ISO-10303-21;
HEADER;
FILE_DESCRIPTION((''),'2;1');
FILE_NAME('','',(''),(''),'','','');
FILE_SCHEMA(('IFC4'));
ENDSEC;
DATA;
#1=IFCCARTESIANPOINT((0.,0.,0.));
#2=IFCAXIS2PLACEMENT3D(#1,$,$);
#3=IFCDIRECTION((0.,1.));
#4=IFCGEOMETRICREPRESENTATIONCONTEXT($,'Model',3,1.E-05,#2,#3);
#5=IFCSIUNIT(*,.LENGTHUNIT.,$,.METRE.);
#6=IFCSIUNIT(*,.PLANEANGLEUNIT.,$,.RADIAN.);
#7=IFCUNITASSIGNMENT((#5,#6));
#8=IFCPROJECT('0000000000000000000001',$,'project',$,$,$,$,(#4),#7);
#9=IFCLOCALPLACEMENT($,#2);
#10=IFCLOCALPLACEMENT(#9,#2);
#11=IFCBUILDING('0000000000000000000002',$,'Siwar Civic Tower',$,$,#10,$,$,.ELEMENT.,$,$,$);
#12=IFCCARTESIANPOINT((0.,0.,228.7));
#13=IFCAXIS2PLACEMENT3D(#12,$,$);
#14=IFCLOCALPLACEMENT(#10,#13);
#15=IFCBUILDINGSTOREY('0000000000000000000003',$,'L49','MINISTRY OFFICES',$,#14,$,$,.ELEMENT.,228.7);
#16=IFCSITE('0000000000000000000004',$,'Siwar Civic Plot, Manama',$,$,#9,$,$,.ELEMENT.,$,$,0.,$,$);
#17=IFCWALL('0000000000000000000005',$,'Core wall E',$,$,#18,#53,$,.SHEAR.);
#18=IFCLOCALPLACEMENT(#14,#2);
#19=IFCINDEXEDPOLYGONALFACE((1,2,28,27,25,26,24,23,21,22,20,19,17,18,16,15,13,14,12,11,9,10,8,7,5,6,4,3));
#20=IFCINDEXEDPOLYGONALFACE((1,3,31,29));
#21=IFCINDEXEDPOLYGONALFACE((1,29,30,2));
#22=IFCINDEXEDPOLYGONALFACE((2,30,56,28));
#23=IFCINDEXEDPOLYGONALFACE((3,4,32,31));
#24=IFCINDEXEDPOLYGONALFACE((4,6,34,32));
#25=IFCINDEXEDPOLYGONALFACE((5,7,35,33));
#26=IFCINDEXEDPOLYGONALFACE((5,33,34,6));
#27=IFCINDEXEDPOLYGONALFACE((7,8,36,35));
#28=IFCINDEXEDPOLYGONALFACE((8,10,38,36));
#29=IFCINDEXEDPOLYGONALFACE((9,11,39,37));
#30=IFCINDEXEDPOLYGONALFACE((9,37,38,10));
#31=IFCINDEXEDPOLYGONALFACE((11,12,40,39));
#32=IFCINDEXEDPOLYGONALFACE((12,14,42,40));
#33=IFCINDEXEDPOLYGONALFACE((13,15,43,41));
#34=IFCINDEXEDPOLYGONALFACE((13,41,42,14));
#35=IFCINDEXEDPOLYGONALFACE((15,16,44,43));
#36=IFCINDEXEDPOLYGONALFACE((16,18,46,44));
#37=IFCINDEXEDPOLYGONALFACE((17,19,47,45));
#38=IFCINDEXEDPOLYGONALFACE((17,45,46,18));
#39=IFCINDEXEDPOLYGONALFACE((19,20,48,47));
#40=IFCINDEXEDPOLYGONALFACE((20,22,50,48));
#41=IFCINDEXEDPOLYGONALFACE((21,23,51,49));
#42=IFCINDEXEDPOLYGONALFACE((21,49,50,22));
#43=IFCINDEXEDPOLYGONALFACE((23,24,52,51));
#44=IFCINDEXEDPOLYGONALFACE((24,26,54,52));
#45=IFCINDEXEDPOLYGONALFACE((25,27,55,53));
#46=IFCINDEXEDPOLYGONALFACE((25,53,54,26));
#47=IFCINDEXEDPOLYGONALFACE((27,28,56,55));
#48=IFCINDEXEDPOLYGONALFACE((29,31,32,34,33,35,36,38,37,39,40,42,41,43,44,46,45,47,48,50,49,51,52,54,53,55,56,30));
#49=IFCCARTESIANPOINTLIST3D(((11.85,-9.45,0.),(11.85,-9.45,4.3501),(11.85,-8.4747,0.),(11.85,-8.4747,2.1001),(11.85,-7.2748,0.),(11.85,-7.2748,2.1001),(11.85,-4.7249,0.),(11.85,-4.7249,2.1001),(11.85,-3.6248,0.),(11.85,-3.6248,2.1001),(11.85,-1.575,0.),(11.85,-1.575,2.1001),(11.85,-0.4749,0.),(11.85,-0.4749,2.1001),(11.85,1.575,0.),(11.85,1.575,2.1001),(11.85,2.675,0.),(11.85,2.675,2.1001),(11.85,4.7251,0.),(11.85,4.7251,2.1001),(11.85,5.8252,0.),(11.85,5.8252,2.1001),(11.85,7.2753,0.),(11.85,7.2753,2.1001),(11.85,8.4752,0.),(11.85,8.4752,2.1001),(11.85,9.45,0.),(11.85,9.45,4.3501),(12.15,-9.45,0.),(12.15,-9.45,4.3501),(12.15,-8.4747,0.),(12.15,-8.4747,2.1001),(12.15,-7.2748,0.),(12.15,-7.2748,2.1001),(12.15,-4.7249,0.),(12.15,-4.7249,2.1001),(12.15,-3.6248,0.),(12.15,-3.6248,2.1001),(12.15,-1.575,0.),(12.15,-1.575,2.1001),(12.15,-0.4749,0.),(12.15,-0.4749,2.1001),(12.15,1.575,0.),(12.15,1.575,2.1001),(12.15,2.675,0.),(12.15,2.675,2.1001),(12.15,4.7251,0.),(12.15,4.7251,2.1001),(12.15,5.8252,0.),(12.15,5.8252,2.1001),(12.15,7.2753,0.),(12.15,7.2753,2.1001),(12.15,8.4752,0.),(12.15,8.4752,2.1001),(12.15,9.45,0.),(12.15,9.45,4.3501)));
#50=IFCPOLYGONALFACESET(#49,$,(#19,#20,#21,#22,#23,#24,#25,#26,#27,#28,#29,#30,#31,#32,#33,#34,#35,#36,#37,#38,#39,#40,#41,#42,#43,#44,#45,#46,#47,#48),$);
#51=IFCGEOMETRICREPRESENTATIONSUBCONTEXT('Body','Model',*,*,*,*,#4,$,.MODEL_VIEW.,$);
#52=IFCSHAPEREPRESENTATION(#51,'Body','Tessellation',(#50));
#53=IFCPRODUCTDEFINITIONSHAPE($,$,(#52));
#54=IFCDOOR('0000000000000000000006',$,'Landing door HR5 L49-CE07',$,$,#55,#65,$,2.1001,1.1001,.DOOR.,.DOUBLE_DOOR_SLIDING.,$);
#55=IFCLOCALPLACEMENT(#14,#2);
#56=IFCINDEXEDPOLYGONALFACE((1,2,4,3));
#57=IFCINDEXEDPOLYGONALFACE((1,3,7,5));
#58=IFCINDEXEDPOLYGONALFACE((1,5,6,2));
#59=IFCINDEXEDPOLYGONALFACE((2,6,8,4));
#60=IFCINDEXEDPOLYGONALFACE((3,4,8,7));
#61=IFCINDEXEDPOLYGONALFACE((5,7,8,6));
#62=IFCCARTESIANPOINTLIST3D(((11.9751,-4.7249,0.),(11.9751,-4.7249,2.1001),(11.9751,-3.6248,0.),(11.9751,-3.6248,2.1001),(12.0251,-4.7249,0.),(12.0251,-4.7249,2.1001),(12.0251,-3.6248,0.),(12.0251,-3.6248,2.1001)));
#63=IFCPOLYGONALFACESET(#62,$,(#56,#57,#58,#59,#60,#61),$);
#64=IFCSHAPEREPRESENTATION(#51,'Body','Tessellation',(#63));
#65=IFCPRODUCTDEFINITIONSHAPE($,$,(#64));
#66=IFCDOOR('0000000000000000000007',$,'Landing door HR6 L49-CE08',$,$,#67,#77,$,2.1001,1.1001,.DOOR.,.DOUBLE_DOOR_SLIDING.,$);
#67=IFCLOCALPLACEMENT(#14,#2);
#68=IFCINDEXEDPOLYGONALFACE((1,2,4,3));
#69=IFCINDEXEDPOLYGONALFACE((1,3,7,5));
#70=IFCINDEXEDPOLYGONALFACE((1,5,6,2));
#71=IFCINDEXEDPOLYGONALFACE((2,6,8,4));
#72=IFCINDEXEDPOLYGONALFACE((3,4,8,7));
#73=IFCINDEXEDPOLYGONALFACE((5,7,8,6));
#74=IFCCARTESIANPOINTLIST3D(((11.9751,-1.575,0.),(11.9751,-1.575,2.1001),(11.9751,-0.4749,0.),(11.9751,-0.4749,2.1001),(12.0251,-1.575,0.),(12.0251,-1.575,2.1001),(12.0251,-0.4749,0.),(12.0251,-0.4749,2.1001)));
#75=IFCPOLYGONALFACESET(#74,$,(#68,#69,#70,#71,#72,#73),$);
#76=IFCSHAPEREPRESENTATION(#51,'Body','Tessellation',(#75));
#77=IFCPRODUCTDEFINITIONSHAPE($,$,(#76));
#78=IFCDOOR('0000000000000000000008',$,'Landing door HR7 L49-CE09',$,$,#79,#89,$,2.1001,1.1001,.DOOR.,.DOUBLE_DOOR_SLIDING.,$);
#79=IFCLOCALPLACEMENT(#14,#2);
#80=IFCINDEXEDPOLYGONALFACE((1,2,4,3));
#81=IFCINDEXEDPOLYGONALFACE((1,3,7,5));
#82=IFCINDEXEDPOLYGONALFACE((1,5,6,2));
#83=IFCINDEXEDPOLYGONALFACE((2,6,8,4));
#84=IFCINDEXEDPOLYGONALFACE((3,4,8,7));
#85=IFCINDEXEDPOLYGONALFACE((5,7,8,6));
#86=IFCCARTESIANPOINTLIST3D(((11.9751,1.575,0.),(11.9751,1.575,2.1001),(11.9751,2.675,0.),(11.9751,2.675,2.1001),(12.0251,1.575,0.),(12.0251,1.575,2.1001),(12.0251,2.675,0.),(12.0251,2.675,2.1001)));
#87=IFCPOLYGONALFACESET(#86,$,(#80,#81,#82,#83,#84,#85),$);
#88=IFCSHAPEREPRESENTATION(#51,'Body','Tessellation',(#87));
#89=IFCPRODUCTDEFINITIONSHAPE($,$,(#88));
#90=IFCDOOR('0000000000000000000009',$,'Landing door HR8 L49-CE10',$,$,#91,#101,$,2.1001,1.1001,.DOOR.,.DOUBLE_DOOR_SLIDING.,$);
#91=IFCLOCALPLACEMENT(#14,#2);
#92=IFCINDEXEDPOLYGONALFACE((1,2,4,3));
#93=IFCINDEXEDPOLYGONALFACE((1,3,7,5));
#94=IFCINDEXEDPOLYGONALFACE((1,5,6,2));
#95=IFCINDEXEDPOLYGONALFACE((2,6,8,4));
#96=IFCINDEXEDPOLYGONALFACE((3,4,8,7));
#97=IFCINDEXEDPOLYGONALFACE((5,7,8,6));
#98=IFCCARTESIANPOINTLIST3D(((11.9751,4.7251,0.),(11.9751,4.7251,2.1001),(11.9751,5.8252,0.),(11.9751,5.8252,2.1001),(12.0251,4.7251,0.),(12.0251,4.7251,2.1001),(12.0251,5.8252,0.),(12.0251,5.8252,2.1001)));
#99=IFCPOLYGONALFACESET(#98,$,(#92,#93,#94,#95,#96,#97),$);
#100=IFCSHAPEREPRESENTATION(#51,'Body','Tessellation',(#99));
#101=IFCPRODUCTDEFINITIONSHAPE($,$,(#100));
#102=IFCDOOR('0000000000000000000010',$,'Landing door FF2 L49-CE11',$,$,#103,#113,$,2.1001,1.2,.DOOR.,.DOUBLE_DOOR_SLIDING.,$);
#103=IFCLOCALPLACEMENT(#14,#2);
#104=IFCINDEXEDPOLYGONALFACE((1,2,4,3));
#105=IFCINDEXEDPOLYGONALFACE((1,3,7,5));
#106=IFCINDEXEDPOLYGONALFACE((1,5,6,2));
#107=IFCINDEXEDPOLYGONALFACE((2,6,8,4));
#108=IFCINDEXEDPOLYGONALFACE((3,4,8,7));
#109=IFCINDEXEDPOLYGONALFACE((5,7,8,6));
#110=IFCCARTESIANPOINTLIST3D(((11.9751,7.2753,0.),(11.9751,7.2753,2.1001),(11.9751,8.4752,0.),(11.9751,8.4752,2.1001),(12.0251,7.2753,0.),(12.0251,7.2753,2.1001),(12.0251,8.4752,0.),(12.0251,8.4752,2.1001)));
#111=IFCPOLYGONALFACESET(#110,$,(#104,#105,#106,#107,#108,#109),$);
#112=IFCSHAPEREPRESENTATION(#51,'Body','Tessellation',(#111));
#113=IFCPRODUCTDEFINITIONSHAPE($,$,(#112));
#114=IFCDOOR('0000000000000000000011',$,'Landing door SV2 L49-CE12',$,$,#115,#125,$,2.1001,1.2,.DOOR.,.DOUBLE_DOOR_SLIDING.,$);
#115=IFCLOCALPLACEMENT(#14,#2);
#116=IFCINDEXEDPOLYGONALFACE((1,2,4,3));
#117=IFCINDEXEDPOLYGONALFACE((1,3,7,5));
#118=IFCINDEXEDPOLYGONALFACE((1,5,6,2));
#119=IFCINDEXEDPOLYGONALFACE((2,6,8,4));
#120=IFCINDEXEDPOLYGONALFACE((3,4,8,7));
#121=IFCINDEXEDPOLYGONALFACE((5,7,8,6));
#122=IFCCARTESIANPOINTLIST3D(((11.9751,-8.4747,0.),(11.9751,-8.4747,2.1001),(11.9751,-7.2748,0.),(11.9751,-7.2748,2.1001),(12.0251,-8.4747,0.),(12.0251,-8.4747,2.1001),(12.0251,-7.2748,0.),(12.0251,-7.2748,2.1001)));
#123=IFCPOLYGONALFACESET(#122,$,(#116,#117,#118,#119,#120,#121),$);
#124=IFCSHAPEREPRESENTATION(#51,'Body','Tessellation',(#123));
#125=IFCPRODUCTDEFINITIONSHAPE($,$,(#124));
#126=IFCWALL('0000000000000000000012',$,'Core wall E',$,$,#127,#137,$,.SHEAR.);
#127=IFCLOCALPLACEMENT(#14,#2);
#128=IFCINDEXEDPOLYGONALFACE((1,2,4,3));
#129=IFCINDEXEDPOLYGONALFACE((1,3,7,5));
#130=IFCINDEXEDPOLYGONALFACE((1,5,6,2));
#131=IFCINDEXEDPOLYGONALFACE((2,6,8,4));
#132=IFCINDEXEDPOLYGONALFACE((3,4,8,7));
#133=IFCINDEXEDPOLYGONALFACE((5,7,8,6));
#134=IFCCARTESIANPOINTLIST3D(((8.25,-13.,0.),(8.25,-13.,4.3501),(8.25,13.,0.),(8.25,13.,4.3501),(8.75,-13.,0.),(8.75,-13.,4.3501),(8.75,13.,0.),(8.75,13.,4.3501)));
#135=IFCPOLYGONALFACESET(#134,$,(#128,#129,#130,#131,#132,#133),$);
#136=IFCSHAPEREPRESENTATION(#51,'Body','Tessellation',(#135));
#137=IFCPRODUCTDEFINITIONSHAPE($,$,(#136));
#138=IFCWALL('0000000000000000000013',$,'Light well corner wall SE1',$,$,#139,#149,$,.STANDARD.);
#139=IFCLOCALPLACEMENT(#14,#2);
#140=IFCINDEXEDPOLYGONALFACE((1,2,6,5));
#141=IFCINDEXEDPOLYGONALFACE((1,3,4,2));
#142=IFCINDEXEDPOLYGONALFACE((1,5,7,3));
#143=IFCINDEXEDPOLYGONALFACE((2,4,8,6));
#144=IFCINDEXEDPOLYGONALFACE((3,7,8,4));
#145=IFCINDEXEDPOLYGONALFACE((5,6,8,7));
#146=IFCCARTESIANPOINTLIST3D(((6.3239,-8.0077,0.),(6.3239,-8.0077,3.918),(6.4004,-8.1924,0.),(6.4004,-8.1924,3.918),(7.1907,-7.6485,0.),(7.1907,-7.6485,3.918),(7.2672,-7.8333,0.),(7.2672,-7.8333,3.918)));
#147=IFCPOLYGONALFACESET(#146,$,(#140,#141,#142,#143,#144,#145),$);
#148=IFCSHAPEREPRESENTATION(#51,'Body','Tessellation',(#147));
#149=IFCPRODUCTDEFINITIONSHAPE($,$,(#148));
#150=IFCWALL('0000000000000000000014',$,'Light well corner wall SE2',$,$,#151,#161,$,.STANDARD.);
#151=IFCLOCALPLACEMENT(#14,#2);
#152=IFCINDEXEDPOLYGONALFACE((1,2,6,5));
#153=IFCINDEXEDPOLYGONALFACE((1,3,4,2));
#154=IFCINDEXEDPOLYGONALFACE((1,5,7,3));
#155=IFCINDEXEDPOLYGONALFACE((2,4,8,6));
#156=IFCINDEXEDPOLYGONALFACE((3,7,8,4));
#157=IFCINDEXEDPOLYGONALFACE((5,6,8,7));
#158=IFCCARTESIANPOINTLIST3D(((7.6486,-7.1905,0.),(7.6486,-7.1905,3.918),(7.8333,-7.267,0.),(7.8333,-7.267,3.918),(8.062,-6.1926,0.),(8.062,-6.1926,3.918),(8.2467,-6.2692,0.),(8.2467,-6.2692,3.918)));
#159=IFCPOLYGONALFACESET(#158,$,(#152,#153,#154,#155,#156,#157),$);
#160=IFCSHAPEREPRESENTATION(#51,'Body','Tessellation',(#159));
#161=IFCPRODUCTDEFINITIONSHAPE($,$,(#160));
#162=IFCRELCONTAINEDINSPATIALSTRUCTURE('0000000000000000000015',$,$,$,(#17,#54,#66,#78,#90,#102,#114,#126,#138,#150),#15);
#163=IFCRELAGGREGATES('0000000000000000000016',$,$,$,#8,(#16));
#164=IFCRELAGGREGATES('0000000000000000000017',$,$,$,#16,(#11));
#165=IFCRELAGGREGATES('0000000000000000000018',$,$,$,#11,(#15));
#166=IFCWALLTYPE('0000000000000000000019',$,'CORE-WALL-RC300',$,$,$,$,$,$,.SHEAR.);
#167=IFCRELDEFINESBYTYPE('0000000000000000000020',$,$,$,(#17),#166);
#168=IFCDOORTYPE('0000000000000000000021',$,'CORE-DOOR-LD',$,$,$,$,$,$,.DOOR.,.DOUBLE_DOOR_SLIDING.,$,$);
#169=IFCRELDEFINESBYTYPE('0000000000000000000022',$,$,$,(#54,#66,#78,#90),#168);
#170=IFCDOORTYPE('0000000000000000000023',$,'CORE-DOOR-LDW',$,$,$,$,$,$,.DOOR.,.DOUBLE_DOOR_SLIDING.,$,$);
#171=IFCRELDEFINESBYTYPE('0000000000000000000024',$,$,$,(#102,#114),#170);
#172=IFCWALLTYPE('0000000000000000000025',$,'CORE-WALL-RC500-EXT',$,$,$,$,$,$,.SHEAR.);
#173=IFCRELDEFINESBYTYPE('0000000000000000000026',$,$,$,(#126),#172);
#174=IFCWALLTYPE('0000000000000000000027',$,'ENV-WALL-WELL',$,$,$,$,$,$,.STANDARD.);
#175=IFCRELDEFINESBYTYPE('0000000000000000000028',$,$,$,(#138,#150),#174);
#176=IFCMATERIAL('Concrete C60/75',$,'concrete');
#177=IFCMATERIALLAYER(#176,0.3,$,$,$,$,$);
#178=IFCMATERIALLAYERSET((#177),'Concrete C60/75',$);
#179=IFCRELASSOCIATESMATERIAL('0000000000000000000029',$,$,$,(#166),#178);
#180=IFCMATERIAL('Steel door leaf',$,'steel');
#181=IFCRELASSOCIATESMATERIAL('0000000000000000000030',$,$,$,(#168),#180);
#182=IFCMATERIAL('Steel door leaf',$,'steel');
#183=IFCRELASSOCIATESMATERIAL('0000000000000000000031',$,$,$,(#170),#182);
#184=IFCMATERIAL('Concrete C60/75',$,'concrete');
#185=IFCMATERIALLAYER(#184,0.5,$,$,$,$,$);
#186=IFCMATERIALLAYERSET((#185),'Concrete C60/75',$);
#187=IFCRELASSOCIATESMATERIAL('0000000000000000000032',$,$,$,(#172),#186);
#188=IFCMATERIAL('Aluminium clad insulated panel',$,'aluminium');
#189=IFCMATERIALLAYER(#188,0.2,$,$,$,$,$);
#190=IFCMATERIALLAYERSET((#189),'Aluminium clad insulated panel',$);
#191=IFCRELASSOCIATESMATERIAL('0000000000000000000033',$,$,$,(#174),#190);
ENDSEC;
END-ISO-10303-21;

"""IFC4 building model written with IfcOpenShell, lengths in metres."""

from ifc_helpers import new_model, si_unit, direction, frame, frame_2d, origin, place, context, subcontext, project, spatial, rectangle, extrude, material, layer, layer_set, type_object, element, fill, save


model = new_model("IFC4")

# Units and contexts
model_context = context("Model", 3, precision=1e-05, world=origin(), true_north=direction((0.0, 1.0)))
body_context = subcontext(model_context, "Body", "Model", "MODEL_VIEW")
ifc_project = project(units=[si_unit("LENGTHUNIT", "METRE"), si_unit("PLANEANGLEUNIT", "RADIAN")], contexts=[model_context])

# Site, building, storey
site_placement = place(None, origin())
site = spatial("IfcSite", under=ifc_project, at=site_placement, Name="Siwar Civic Plot, Manama", CompositionType="ELEMENT", RefElevation=0.0)
building_placement = place(site_placement, origin())
building = spatial("IfcBuilding", under=site, at=building_placement, Name="Siwar Civic Tower", CompositionType="ELEMENT")
storey_placement = place(building_placement, frame((0.0, 0.0, 228.7)))
storey = spatial("IfcBuildingStorey", under=building, at=storey_placement, Name="L49", Description="MINISTRY OFFICES", CompositionType="ELEMENT", Elevation=228.7)

# Wall, openings, doors
ifc_material_1 = material(Name="Concrete C60/75", Category="concrete")
ifc_layer_1 = layer(ifc_material_1, 0.3)
ifc_layer_set_1 = layer_set([ifc_layer_1], Name="Concrete C60/75")
wall_type_1 = type_object("IfcWallType", Name="CORE-WALL-RC300", PredefinedType="SHEAR", material=ifc_layer_set_1)
wall_1_placement = place(storey_placement, frame((12.0, -9.45, 0.0), z_axis=(0.0, 0.0, 1.0), x_axis=(0.0, 1.0, 0.0)))
wall_1 = element("IfcWall", 1, at=wall_1_placement, inside=storey, type_object=wall_type_1, Name="Core wall E", PredefinedType="SHEAR", context=body_context, shape_type="SweptSolid", body=[
    extrude(rectangle(XDim=18.8999, YDim=0.3, at=frame_2d((9.45, 0.0))), origin(), (0.0, 0.0, 1.0), 4.3501),
])
opening_1_placement = place(wall_1_placement, frame((4.7251, 0.0, 0.0)))
opening_1 = element("IfcOpeningElement", 2, at=opening_1_placement, cuts=wall_1, PredefinedType="OPENING", context=body_context, shape_type="SweptSolid", body=[
    extrude(rectangle(XDim=1.1001, YDim=2.1001, at=frame_2d((0.55, 1.05))), frame((0.0, 0.1602, 0.0), z_axis=(0.0, -1.0, 0.0), x_axis=(1.0, 0.0, 0.0)), (0.0, 0.0, 1.0), 0.3201),
])
opening_2_placement = place(wall_1_placement, frame((7.875, 0.0, 0.0)))
opening_2 = element("IfcOpeningElement", 3, at=opening_2_placement, cuts=wall_1, PredefinedType="OPENING", context=body_context, shape_type="SweptSolid", body=[
    extrude(rectangle(XDim=1.1001, YDim=2.1001, at=frame_2d((0.55, 1.05))), frame((0.0, 0.1602, 0.0), z_axis=(0.0, -1.0, 0.0), x_axis=(1.0, 0.0, 0.0)), (0.0, 0.0, 1.0), 0.3201),
])
opening_3_placement = place(wall_1_placement, frame((11.0249, 0.0, 0.0)))
opening_3 = element("IfcOpeningElement", 4, at=opening_3_placement, cuts=wall_1, PredefinedType="OPENING", context=body_context, shape_type="SweptSolid", body=[
    extrude(rectangle(XDim=1.1001, YDim=2.1001, at=frame_2d((0.55, 1.05))), frame((0.0, 0.1602, 0.0), z_axis=(0.0, -1.0, 0.0), x_axis=(1.0, 0.0, 0.0)), (0.0, 0.0, 1.0), 0.3201),
])
opening_4_placement = place(wall_1_placement, frame((14.175, 0.0, 0.0)))
opening_4 = element("IfcOpeningElement", 5, at=opening_4_placement, cuts=wall_1, PredefinedType="OPENING", context=body_context, shape_type="SweptSolid", body=[
    extrude(rectangle(XDim=1.1001, YDim=2.1001, at=frame_2d((0.55, 1.05))), frame((0.0, 0.1602, 0.0), z_axis=(0.0, -1.0, 0.0), x_axis=(1.0, 0.0, 0.0)), (0.0, 0.0, 1.0), 0.3201),
])
opening_5_placement = place(wall_1_placement, frame((16.7251, 0.0, 0.0)))
opening_5 = element("IfcOpeningElement", 6, at=opening_5_placement, cuts=wall_1, PredefinedType="OPENING", context=body_context, shape_type="SweptSolid", body=[
    extrude(rectangle(XDim=1.2, YDim=2.1001, at=frame_2d((0.6001, 1.05))), frame((0.0, 0.1602, 0.0), z_axis=(0.0, -1.0, 0.0), x_axis=(1.0, 0.0, 0.0)), (0.0, 0.0, 1.0), 0.3201),
])
opening_6_placement = place(wall_1_placement, frame((0.9751, 0.0, 0.0)))
opening_6 = element("IfcOpeningElement", 7, at=opening_6_placement, cuts=wall_1, PredefinedType="OPENING", context=body_context, shape_type="SweptSolid", body=[
    extrude(rectangle(XDim=1.2, YDim=2.1001, at=frame_2d((0.6001, 1.05))), frame((0.0, 0.1602, 0.0), z_axis=(0.0, -1.0, 0.0), x_axis=(1.0, 0.0, 0.0)), (0.0, 0.0, 1.0), 0.3201),
])
ifc_material_2 = material(Name="Steel door leaf", Category="steel")
door_type_1 = type_object("IfcDoorType", Name="CORE-DOOR-LD", OperationType="DOUBLE_DOOR_SLIDING", PredefinedType="DOOR", material=ifc_material_2)
door_1_placement = place(opening_1_placement, origin())
door_1 = element("IfcDoor", 8, at=door_1_placement, inside=storey, type_object=door_type_1, Name="Landing door HR5 L49-CE07", OperationType="DOUBLE_DOOR_SLIDING", OverallHeight=2.1001, OverallWidth=1.1001, PredefinedType="DOOR", context=body_context, shape_type="SweptSolid", body=[
    extrude(rectangle(XDim=1.1001, YDim=2.1001, at=frame_2d((0.55, 1.05))), frame((0.0, 0.0249, 0.0), z_axis=(0.0, -1.0, 0.0), x_axis=(1.0, 0.0, 0.0)), (0.0, 0.0, 1.0), 0.05),
])
fill(opening_1, door_1)
door_2_placement = place(opening_2_placement, origin())
door_2 = element("IfcDoor", 9, at=door_2_placement, inside=storey, type_object=door_type_1, Name="Landing door HR6 L49-CE08", OperationType="DOUBLE_DOOR_SLIDING", OverallHeight=2.1001, OverallWidth=1.1001, PredefinedType="DOOR", context=body_context, shape_type="SweptSolid", body=[
    extrude(rectangle(XDim=1.1001, YDim=2.1001, at=frame_2d((0.55, 1.05))), frame((0.0, 0.0249, 0.0), z_axis=(0.0, -1.0, 0.0), x_axis=(1.0, 0.0, 0.0)), (0.0, 0.0, 1.0), 0.05),
])
fill(opening_2, door_2)
door_3_placement = place(opening_3_placement, origin())
door_3 = element("IfcDoor", 10, at=door_3_placement, inside=storey, type_object=door_type_1, Name="Landing door HR7 L49-CE09", OperationType="DOUBLE_DOOR_SLIDING", OverallHeight=2.1001, OverallWidth=1.1001, PredefinedType="DOOR", context=body_context, shape_type="SweptSolid", body=[
    extrude(rectangle(XDim=1.1001, YDim=2.1001, at=frame_2d((0.55, 1.05))), frame((0.0, 0.0249, 0.0), z_axis=(0.0, -1.0, 0.0), x_axis=(1.0, 0.0, 0.0)), (0.0, 0.0, 1.0), 0.05),
])
fill(opening_3, door_3)
door_4_placement = place(opening_4_placement, origin())
door_4 = element("IfcDoor", 11, at=door_4_placement, inside=storey, type_object=door_type_1, Name="Landing door HR8 L49-CE10", OperationType="DOUBLE_DOOR_SLIDING", OverallHeight=2.1001, OverallWidth=1.1001, PredefinedType="DOOR", context=body_context, shape_type="SweptSolid", body=[
    extrude(rectangle(XDim=1.1001, YDim=2.1001, at=frame_2d((0.55, 1.05))), frame((0.0, 0.0249, 0.0), z_axis=(0.0, -1.0, 0.0), x_axis=(1.0, 0.0, 0.0)), (0.0, 0.0, 1.0), 0.05),
])
fill(opening_4, door_4)
ifc_material_3 = material(Name="Steel door leaf", Category="steel")
door_type_2 = type_object("IfcDoorType", Name="CORE-DOOR-LDW", OperationType="DOUBLE_DOOR_SLIDING", PredefinedType="DOOR", material=ifc_material_3)
door_5_placement = place(opening_5_placement, origin())
door_5 = element("IfcDoor", 12, at=door_5_placement, inside=storey, type_object=door_type_2, Name="Landing door FF2 L49-CE11", OperationType="DOUBLE_DOOR_SLIDING", OverallHeight=2.1001, OverallWidth=1.2, PredefinedType="DOOR", context=body_context, shape_type="SweptSolid", body=[
    extrude(rectangle(XDim=1.2, YDim=2.1001, at=frame_2d((0.6001, 1.05))), frame((0.0, 0.0249, 0.0), z_axis=(0.0, -1.0, 0.0), x_axis=(1.0, 0.0, 0.0)), (0.0, 0.0, 1.0), 0.05),
])
fill(opening_5, door_5)
door_6_placement = place(opening_6_placement, origin())
door_6 = element("IfcDoor", 13, at=door_6_placement, inside=storey, type_object=door_type_2, Name="Landing door SV2 L49-CE12", OperationType="DOUBLE_DOOR_SLIDING", OverallHeight=2.1001, OverallWidth=1.2, PredefinedType="DOOR", context=body_context, shape_type="SweptSolid", body=[
    extrude(rectangle(XDim=1.2, YDim=2.1001, at=frame_2d((0.6001, 1.05))), frame((0.0, 0.0249, 0.0), z_axis=(0.0, -1.0, 0.0), x_axis=(1.0, 0.0, 0.0)), (0.0, 0.0, 1.0), 0.05),
])
fill(opening_6, door_6)

# Walls
ifc_material_4 = material(Name="Concrete C60/75", Category="concrete")
ifc_layer_2 = layer(ifc_material_4, 0.5)
ifc_layer_set_2 = layer_set([ifc_layer_2], Name="Concrete C60/75")
wall_type_2 = type_object("IfcWallType", Name="CORE-WALL-RC500-EXT", PredefinedType="SHEAR", material=ifc_layer_set_2)
wall_2_placement = place(storey_placement, frame((8.5, -13.0, 0.0), z_axis=(0.0, 0.0, 1.0), x_axis=(0.0, 1.0, 0.0)))
element("IfcWall", 14, at=wall_2_placement, inside=storey, type_object=wall_type_2, Name="Core wall E", PredefinedType="SHEAR", context=body_context, shape_type="SweptSolid", body=[
    extrude(rectangle(XDim=26.0, YDim=0.5, at=frame_2d((13.0, 0.0))), origin(), (0.0, 0.0, 1.0), 4.3501),
])
ifc_material_5 = material(Name="Aluminium clad insulated panel", Category="aluminium")
ifc_layer_3 = layer(ifc_material_5, 0.2)
ifc_layer_set_3 = layer_set([ifc_layer_3], Name="Aluminium clad insulated panel")
wall_type_3 = type_object("IfcWallType", Name="ENV-WALL-WELL", PredefinedType="STANDARD", material=ifc_layer_set_3)
wall_3_placement = place(storey_placement, frame((6.3621, -8.1001, 0.0), z_axis=(0.0, 0.0, 1.0), x_axis=(0.92383, 0.382804, 0.0)))
element("IfcWall", 15, at=wall_3_placement, inside=storey, type_object=wall_type_3, Name="Light well corner wall SE1", PredefinedType="STANDARD", context=body_context, shape_type="SweptSolid", body=[
    extrude(rectangle(XDim=0.9382, YDim=0.2, at=frame_2d((0.4692, 0.0))), origin(), (0.0, 0.0, 1.0), 3.918),
])
wall_4_placement = place(storey_placement, frame((7.741, -7.2288, 0.0), z_axis=(0.0, 0.0, 1.0), x_axis=(0.382704, 0.923871, 0.0)))
element("IfcWall", 16, at=wall_4_placement, inside=storey, type_object=wall_type_3, Name="Light well corner wall SE2", PredefinedType="STANDARD", context=body_context, shape_type="SweptSolid", body=[
    extrude(rectangle(XDim=1.0801, YDim=0.2, at=frame_2d((0.54, 0.0))), origin(), (0.0, 0.0, 1.0), 3.918),
])

save(model, "model.ifc")
